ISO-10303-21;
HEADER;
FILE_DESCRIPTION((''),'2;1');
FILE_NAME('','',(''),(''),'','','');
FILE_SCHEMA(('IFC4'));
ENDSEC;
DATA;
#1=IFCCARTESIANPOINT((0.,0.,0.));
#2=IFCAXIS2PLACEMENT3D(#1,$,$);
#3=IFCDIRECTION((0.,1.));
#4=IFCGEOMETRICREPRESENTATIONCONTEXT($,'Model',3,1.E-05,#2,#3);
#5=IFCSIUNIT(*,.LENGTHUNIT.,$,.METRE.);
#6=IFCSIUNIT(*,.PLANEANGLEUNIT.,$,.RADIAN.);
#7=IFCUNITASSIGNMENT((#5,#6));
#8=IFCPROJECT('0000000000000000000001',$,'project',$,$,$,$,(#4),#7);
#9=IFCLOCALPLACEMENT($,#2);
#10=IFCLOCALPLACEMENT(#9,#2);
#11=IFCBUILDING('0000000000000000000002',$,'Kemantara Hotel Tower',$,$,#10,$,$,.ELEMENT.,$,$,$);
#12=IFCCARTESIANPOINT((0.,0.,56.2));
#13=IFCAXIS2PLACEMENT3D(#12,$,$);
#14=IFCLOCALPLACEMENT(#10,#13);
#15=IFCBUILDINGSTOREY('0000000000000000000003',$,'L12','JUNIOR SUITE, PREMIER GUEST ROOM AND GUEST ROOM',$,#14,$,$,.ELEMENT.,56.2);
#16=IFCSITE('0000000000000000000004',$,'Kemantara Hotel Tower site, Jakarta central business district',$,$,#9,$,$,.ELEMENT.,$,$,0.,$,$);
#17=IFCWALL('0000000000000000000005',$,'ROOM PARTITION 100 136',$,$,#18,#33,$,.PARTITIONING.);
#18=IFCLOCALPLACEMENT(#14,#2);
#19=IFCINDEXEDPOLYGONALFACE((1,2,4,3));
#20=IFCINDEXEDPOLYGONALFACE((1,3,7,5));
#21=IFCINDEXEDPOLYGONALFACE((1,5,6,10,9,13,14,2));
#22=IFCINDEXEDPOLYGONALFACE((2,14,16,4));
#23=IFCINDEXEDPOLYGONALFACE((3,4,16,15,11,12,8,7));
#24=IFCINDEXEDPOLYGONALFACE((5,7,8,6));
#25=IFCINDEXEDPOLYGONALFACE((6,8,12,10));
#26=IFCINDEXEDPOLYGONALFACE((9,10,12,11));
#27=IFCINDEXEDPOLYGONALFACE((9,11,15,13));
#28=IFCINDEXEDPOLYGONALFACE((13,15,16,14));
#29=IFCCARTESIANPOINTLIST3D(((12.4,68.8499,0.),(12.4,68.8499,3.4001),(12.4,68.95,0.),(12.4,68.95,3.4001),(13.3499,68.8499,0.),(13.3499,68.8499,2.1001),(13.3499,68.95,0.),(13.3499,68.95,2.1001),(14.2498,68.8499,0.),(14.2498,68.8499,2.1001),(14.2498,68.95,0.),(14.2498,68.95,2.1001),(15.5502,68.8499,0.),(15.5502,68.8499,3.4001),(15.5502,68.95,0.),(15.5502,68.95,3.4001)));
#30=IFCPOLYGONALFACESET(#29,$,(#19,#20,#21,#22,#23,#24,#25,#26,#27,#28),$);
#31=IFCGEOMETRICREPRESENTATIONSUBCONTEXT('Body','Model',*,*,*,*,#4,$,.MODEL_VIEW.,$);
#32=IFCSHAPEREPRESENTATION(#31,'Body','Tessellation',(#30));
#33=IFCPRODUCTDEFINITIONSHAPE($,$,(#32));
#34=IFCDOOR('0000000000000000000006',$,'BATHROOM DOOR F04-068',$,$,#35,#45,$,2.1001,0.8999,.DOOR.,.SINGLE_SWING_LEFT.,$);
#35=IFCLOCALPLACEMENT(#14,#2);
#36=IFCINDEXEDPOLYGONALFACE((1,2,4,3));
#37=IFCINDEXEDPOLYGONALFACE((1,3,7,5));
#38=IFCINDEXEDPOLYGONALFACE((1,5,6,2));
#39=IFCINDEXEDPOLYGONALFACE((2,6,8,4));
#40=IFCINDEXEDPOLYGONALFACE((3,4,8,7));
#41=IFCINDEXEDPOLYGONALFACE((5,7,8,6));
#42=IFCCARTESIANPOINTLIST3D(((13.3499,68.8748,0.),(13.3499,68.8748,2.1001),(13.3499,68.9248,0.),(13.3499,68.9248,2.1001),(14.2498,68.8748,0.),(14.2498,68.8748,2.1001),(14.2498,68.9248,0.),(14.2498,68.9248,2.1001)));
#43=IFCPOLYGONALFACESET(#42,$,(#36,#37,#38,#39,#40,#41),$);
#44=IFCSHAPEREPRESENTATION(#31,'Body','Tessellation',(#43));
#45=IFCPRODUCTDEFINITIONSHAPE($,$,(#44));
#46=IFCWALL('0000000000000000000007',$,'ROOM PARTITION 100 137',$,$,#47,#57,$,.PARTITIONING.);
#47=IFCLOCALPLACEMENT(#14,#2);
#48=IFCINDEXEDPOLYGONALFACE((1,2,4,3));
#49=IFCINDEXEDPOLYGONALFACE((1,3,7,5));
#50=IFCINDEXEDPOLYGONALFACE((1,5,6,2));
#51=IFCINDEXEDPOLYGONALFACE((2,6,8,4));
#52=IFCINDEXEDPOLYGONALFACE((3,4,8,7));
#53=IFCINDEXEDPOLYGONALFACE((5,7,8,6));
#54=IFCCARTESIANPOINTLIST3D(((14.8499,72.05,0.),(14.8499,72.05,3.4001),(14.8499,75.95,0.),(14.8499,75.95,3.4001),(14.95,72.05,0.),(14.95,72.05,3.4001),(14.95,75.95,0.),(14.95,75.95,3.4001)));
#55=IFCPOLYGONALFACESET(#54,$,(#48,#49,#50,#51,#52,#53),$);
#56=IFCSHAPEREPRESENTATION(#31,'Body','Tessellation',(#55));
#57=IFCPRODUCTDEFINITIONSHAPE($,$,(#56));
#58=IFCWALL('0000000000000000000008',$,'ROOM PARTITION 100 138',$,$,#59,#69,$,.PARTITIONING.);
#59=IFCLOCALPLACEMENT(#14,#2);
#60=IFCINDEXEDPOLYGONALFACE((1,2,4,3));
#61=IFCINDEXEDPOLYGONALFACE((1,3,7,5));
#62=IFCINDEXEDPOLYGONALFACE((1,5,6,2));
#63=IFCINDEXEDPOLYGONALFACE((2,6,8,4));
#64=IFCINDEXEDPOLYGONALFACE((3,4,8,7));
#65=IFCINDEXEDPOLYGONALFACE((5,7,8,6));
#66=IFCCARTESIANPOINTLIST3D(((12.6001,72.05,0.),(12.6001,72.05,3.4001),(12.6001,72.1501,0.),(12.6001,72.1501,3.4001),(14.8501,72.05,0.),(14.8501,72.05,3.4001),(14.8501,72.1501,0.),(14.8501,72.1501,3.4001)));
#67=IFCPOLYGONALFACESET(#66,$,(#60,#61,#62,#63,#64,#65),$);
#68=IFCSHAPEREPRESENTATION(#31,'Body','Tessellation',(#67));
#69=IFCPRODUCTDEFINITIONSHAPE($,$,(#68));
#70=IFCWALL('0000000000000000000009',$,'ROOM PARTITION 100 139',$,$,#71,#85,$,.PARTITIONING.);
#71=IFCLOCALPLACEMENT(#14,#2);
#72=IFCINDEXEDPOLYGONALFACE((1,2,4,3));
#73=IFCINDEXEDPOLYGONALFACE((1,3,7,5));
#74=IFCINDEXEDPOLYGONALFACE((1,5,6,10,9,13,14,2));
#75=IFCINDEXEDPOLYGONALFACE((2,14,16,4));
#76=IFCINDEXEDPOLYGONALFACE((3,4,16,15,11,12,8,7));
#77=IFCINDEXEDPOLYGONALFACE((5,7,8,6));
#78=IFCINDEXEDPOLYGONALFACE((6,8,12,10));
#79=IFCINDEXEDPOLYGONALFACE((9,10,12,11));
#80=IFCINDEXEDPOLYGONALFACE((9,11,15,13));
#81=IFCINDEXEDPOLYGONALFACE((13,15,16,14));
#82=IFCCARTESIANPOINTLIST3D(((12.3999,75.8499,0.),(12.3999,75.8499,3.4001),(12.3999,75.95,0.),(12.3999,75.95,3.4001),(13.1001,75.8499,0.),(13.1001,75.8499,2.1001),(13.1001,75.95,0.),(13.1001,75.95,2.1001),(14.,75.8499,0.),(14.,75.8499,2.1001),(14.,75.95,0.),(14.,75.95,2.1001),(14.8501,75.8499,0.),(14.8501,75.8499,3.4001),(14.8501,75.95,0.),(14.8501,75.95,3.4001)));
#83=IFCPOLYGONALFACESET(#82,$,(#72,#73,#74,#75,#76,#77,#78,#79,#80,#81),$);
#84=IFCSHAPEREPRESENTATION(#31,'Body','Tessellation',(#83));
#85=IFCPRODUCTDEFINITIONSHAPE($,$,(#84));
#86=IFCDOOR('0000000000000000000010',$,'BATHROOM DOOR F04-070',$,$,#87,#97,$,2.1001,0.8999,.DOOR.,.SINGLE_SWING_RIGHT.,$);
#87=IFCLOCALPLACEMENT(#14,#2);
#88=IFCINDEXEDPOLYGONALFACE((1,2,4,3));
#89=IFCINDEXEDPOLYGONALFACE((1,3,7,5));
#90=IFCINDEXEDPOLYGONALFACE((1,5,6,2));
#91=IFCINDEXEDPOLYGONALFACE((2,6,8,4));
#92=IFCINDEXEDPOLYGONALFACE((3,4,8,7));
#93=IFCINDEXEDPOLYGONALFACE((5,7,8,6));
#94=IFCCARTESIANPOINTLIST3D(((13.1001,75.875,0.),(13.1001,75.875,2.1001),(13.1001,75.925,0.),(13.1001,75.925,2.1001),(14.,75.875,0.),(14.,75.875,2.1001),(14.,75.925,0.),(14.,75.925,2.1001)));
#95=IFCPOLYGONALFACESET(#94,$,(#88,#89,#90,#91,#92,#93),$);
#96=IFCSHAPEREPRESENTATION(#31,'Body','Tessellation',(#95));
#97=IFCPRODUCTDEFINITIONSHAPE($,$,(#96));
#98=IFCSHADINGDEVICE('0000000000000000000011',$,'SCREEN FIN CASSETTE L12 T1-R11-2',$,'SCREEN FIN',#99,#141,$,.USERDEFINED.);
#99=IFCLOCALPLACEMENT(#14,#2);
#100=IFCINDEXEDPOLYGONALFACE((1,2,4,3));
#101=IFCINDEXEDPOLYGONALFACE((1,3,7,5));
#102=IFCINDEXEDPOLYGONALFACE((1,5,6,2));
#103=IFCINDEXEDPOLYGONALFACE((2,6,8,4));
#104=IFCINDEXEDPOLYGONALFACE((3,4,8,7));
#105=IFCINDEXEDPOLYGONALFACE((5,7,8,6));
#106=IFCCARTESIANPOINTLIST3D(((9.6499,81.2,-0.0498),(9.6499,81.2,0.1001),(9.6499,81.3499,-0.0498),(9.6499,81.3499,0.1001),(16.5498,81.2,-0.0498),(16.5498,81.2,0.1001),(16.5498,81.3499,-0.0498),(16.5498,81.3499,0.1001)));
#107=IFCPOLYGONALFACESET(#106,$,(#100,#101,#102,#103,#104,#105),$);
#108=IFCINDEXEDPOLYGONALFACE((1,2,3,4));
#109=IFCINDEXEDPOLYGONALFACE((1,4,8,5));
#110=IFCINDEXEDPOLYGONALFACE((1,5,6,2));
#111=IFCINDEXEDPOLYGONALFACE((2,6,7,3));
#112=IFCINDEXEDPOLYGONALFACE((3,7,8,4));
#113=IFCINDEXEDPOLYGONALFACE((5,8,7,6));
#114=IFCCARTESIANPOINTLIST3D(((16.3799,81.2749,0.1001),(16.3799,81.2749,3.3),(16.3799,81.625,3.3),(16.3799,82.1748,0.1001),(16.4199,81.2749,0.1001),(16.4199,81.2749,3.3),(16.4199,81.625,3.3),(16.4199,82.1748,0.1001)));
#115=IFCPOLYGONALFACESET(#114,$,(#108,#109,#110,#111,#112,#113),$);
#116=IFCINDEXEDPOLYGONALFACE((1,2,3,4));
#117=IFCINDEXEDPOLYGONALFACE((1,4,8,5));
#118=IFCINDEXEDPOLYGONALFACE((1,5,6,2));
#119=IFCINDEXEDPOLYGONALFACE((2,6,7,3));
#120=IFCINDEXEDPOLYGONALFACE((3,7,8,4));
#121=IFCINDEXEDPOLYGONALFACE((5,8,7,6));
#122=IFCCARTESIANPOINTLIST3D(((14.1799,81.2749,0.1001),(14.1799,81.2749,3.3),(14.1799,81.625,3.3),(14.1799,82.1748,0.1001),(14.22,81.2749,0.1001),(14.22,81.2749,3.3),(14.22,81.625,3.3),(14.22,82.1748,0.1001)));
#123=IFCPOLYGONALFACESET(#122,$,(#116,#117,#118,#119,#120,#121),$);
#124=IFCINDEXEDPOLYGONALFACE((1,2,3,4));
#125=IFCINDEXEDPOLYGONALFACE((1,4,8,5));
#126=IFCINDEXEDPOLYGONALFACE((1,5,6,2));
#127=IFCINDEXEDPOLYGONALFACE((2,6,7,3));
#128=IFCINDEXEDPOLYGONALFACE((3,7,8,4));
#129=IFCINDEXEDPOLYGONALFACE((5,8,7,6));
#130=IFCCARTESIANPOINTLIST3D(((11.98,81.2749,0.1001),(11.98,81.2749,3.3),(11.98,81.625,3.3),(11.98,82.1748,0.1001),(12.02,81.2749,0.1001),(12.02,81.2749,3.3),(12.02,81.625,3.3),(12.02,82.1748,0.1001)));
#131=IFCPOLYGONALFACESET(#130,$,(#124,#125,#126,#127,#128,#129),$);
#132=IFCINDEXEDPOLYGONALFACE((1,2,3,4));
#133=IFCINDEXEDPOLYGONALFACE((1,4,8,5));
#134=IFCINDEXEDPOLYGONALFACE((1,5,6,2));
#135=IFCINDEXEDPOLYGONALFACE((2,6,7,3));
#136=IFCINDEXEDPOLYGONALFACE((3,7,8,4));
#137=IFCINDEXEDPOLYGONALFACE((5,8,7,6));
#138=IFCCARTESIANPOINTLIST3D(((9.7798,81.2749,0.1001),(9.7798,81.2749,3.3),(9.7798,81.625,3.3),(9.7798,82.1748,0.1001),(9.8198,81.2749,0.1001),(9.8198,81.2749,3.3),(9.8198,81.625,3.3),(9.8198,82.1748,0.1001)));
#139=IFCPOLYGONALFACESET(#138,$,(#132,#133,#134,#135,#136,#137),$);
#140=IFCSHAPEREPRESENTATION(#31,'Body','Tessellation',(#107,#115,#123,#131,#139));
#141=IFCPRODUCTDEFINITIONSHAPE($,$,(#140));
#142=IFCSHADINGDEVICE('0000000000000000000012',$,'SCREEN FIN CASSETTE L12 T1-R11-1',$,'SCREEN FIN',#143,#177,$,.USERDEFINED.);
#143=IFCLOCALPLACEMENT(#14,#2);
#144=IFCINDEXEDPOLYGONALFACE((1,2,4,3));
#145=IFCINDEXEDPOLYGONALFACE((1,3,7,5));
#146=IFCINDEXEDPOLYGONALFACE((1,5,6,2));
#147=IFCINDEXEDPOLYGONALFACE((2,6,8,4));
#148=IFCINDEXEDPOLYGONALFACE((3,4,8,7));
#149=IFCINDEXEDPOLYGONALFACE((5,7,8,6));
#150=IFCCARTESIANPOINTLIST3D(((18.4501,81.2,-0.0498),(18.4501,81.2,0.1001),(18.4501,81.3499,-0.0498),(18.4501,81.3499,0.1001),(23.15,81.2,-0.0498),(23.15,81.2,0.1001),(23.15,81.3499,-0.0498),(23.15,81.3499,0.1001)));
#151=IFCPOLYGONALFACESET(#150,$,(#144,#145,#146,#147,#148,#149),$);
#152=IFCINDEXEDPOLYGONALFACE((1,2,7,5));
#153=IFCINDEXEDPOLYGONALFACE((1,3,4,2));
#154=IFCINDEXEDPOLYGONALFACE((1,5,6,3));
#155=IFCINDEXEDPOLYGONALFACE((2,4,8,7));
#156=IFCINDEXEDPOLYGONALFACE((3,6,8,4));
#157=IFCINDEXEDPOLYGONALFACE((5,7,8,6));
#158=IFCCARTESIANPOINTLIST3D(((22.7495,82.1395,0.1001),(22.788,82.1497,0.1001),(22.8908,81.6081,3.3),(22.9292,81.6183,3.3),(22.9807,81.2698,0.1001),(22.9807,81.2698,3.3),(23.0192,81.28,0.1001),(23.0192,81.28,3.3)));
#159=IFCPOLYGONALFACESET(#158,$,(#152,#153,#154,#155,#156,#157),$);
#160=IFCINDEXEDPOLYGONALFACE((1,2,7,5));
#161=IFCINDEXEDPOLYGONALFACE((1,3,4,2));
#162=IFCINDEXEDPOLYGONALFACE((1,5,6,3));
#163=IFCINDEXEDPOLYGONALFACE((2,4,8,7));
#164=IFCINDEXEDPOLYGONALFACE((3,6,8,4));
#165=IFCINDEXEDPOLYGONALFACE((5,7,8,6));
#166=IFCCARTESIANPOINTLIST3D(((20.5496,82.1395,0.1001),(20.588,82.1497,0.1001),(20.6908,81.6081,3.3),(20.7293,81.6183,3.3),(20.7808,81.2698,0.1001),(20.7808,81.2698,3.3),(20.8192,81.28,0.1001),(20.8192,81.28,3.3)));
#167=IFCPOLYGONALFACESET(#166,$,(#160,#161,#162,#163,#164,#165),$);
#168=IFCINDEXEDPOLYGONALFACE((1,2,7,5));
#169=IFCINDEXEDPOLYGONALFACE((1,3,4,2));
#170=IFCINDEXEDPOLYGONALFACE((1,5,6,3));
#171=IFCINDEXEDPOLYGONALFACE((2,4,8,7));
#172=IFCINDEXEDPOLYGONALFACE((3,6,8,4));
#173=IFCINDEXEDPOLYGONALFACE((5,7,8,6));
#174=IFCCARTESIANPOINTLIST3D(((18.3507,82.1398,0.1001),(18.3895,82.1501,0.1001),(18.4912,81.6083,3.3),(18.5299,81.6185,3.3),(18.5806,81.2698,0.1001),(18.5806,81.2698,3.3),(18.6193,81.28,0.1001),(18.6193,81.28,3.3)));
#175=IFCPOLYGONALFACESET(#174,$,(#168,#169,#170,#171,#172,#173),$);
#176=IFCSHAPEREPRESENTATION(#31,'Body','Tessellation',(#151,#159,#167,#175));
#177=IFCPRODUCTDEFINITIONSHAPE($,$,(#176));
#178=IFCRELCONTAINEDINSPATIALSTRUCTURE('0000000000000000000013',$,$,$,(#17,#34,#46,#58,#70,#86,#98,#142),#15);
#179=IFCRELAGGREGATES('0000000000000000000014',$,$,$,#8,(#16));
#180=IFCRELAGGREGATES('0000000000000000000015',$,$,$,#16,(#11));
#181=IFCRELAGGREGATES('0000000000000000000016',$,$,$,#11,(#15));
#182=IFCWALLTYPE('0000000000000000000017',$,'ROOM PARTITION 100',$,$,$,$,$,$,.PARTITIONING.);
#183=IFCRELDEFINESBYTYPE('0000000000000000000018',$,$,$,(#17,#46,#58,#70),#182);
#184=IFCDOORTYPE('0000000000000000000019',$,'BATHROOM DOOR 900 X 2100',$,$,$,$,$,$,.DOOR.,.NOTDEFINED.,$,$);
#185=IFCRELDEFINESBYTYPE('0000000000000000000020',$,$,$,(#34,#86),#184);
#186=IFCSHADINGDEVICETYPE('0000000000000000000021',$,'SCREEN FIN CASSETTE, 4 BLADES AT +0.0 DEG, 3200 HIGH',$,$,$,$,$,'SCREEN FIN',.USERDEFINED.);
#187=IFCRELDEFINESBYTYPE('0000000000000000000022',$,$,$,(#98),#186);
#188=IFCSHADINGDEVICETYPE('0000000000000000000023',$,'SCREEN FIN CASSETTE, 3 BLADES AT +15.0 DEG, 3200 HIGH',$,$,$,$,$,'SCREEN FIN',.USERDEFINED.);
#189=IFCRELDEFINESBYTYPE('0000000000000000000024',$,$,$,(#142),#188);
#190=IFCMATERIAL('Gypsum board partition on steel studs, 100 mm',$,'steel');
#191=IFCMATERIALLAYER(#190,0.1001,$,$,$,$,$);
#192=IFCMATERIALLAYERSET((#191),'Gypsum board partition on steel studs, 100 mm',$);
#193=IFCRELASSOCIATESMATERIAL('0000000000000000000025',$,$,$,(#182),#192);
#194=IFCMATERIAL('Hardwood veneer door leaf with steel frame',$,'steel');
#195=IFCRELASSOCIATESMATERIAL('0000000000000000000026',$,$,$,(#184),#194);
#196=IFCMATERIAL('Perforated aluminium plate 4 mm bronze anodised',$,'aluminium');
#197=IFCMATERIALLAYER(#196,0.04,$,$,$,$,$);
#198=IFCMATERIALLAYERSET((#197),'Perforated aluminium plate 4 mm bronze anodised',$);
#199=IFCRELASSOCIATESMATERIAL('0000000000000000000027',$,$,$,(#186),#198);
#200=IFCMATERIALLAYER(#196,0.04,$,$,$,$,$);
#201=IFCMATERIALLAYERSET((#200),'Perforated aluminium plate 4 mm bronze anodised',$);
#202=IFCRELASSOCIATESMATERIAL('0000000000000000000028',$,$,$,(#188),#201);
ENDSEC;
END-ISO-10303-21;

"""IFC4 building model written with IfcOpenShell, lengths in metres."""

from ifc_helpers import new_model, si_unit, direction, frame, frame_2d, origin, origin_2d, place, context, subcontext, project, spatial, polyline, rectangle, outline, extrude, source, transform, mapped, material, layer, layer_set, type_object, element, fill, save


model = new_model("IFC4")

# Units and contexts
model_context = context("Model", 3, precision=1e-05, world=origin(), true_north=direction((0.0, 1.0)))
body_context = subcontext(model_context, "Body", "Model", "MODEL_VIEW")
ifc_project = project(units=[si_unit("LENGTHUNIT", "METRE"), si_unit("PLANEANGLEUNIT", "RADIAN")], contexts=[model_context])

# Site, building, storey
site_placement = place(None, origin())
site = spatial("IfcSite", under=ifc_project, at=site_placement, Name="Kemantara Hotel Tower site, Jakarta central business district", CompositionType="ELEMENT", RefElevation=0.0)
building_placement = place(site_placement, origin())
building = spatial("IfcBuilding", under=site, at=building_placement, Name="Kemantara Hotel Tower", CompositionType="ELEMENT")
storey_placement = place(building_placement, frame((0.0, 0.0, 56.2)))
storey = spatial("IfcBuildingStorey", under=building, at=storey_placement, Name="L12", Description="JUNIOR SUITE, PREMIER GUEST ROOM AND GUEST ROOM", CompositionType="ELEMENT", Elevation=56.2)

# Shared definitions
ifc_material_1 = material(Name="Hardwood veneer door leaf with steel frame", Category="steel")

# Wall, opening, door
ifc_material_2 = material(Name="Gypsum board partition on steel studs, 100 mm", Category="steel")
ifc_layer_1 = layer(ifc_material_2, 0.1001)
ifc_layer_set_1 = layer_set([ifc_layer_1], Name="Gypsum board partition on steel studs, 100 mm")
wall_type_1 = type_object("IfcWallType", Name="ROOM PARTITION 100", PredefinedType="PARTITIONING", material=ifc_layer_set_1)
wall_1_placement = place(storey_placement, frame((12.3999, 68.8999, 0.0), z_axis=(0.0, 0.0, 1.0), x_axis=(1.0, 0.0, 0.0)))
wall_1 = element("IfcWall", 1, at=wall_1_placement, inside=storey, type_object=wall_type_1, Name="ROOM PARTITION 100 136", PredefinedType="PARTITIONING", context=body_context, shape_type="SweptSolid", body=[
    extrude(rectangle(XDim=3.1501, YDim=0.1001, at=frame_2d((1.5752, 0.0))), origin(), (0.0, 0.0, 1.0), 3.4001),
])
opening_1_placement = place(wall_1_placement, frame((0.95, 0.0, 0.0)))
opening_1 = element("IfcOpeningElement", 2, at=opening_1_placement, cuts=wall_1, PredefinedType="OPENING", context=body_context, shape_type="SweptSolid", body=[
    extrude(rectangle(XDim=0.8999, YDim=2.1001, at=frame_2d((0.45, 1.05))), frame((0.0, 0.0601, 0.0), z_axis=(0.0, -1.0, 0.0), x_axis=(1.0, 0.0, 0.0)), (0.0, 0.0, 1.0), 0.1201),
])
door_type_1 = type_object("IfcDoorType", Name="BATHROOM DOOR 900 X 2100", OperationType="NOTDEFINED", PredefinedType="DOOR", material=ifc_material_1)
door_1_placement = place(opening_1_placement, origin())
door_1 = element("IfcDoor", 3, at=door_1_placement, inside=storey, type_object=door_type_1, Name="BATHROOM DOOR F04-068", OperationType="SINGLE_SWING_LEFT", OverallHeight=2.1001, OverallWidth=0.8999, PredefinedType="DOOR", context=body_context, shape_type="SweptSolid", body=[
    extrude(rectangle(XDim=0.8999, YDim=2.1001, at=frame_2d((0.45, 1.05))), frame((0.0, 0.0249, 0.0), z_axis=(0.0, -1.0, 0.0), x_axis=(1.0, 0.0, 0.0)), (0.0, 0.0, 1.0), 0.05),
])
fill(opening_1, door_1)

# Walls
wall_2_placement = place(storey_placement, frame((14.8999, 72.05, 0.0), z_axis=(0.0, 0.0, 1.0), x_axis=(0.0, 1.0, 0.0)))
element("IfcWall", 4, at=wall_2_placement, inside=storey, type_object=wall_type_1, Name="ROOM PARTITION 100 137", PredefinedType="PARTITIONING", context=body_context, shape_type="SweptSolid", body=[
    extrude(rectangle(XDim=3.8999, YDim=0.1001, at=frame_2d((1.95, 0.0))), origin(), (0.0, 0.0, 1.0), 3.4001),
])
wall_3_placement = place(storey_placement, frame((12.6001, 72.1001, 0.0), z_axis=(0.0, 0.0, 1.0), x_axis=(1.0, 0.0, 0.0)))
element("IfcWall", 5, at=wall_3_placement, inside=storey, type_object=wall_type_1, Name="ROOM PARTITION 100 138", PredefinedType="PARTITIONING", context=body_context, shape_type="SweptSolid", body=[
    extrude(rectangle(XDim=2.25, YDim=0.1001, at=frame_2d((1.125, 0.0))), origin(), (0.0, 0.0, 1.0), 3.4001),
])

# Wall, opening, door
wall_4_placement = place(storey_placement, frame((14.8501, 75.8999, 0.0), z_axis=(0.0, 0.0, 1.0), x_axis=(-1.0, 0.0, 0.0)))
wall_4 = element("IfcWall", 6, at=wall_4_placement, inside=storey, type_object=wall_type_1, Name="ROOM PARTITION 100 139", PredefinedType="PARTITIONING", context=body_context, shape_type="SweptSolid", body=[
    extrude(rectangle(XDim=2.4502, YDim=0.1001, at=frame_2d((1.2251, 0.0))), origin(), (0.0, 0.0, 1.0), 3.4001),
])
opening_2_placement = place(wall_4_placement, frame((0.8501, 0.0, 0.0)))
opening_2 = element("IfcOpeningElement", 7, at=opening_2_placement, cuts=wall_4, PredefinedType="OPENING", context=body_context, shape_type="SweptSolid", body=[
    extrude(rectangle(XDim=0.8999, YDim=2.1001, at=frame_2d((0.45, 1.05))), frame((0.0, 0.0601, 0.0), z_axis=(0.0, -1.0, 0.0), x_axis=(1.0, 0.0, 0.0)), (0.0, 0.0, 1.0), 0.1201),
])
door_2_placement = place(opening_2_placement, origin())
door_2 = element("IfcDoor", 8, at=door_2_placement, inside=storey, type_object=door_type_1, Name="BATHROOM DOOR F04-070", OperationType="SINGLE_SWING_RIGHT", OverallHeight=2.1001, OverallWidth=0.8999, PredefinedType="DOOR", context=body_context, shape_type="SweptSolid", body=[
    extrude(rectangle(XDim=0.8999, YDim=2.1001, at=frame_2d((0.45, 1.05))), frame((0.0, 0.0249, 0.0), z_axis=(0.0, -1.0, 0.0), x_axis=(1.0, 0.0, 0.0)), (0.0, 0.0, 1.0), 0.05),
])
fill(opening_2, door_2)

# Shading devices
ifc_material_3 = material(Name="Perforated aluminium plate 4 mm bronze anodised", Category="aluminium")
ifc_layer_2 = layer(ifc_material_3, 0.04)
ifc_layer_set_2 = layer_set([ifc_layer_2], Name="Perforated aluminium plate 4 mm bronze anodised")
shading_device_type_1 = type_object("IfcShadingDeviceType", Name="SCREEN FIN CASSETTE, 4 BLADES AT +0.0 DEG, 3200 HIGH", ElementType="SCREEN FIN", PredefinedType="USERDEFINED", material=ifc_layer_set_2)
shared_shape_1 = source(origin(), body_context, "Body", "SweptSolid", [
    extrude(rectangle(XDim=6.8999, YDim=0.1499, at=origin_2d()), frame((3.3, -0.075, -0.1499), z_axis=(0.0, 0.0, 1.0), x_axis=(1.0, 0.0, 0.0)), (0.0, 0.0, 1.0), 0.1499),
    extrude(outline(polyline([(0.0, 0.0), (0.8999, 0.0), (0.3501, 3.2), (0.0, 3.2), (0.0, 0.0)])), frame((0.02, -0.075, 0.0), z_axis=(-1.0, 0.0, 0.0), x_axis=(0.0, -1.0, 0.0)), (0.0, 0.0, 1.0), 0.04),
    extrude(outline(polyline([(0.0, 0.0), (0.8999, 0.0), (0.3501, 3.2), (0.0, 3.2), (0.0, 0.0)])), frame((2.22, -0.075, 0.0), z_axis=(-1.0, 0.0, 0.0), x_axis=(0.0, -1.0, 0.0)), (0.0, 0.0, 1.0), 0.04),
    extrude(outline(polyline([(0.0, 0.0), (0.8999, 0.0), (0.3501, 3.2), (0.0, 3.2), (0.0, 0.0)])), frame((4.4199, -0.075, 0.0), z_axis=(-1.0, 0.0, 0.0), x_axis=(0.0, -1.0, 0.0)), (0.0, 0.0, 1.0), 0.04),
    extrude(outline(polyline([(0.0, 0.0), (0.8999, 0.0), (0.3501, 3.2), (0.0, 3.2), (0.0, 0.0)])), frame((6.6201, -0.075, 0.0), z_axis=(-1.0, 0.0, 0.0), x_axis=(0.0, -1.0, 0.0)), (0.0, 0.0, 1.0), 0.04),
])
shading_device_1_placement = place(storey_placement, frame((16.3999, 81.2, 0.1001), z_axis=(0.0, 0.0, 1.0), x_axis=(-1.0, 0.0, 0.0)))
element("IfcShadingDevice", 9, at=shading_device_1_placement, inside=storey, type_object=shading_device_type_1, Name="SCREEN FIN CASSETTE L12 T1-R11-2", ObjectType="SCREEN FIN", PredefinedType="USERDEFINED", context=body_context, shape_type="MappedRepresentation", body=[
    mapped(shared_shape_1, transform((0.0, 0.0, 0.0))),
])
ifc_layer_3 = layer(ifc_material_3, 0.04)
ifc_layer_set_3 = layer_set([ifc_layer_3], Name="Perforated aluminium plate 4 mm bronze anodised")
shading_device_type_2 = type_object("IfcShadingDeviceType", Name="SCREEN FIN CASSETTE, 3 BLADES AT +15.0 DEG, 3200 HIGH", ElementType="SCREEN FIN", PredefinedType="USERDEFINED", material=ifc_layer_set_3)
shared_shape_2 = source(origin(), body_context, "Body", "SweptSolid", [
    extrude(rectangle(XDim=4.7, YDim=0.1499, at=origin_2d()), frame((2.2, -0.075, -0.1499), z_axis=(0.0, 0.0, 1.0), x_axis=(1.0, 0.0, 0.0)), (0.0, 0.0, 1.0), 0.1499),
    extrude(outline(polyline([(0.0, 0.0), (0.8999, 0.0), (0.3501, 3.2), (0.0, 3.2), (0.0, 0.0)])), frame((0.0193, -0.0698, 0.0), z_axis=(-0.966438, -0.256901, 0.0), x_axis=(0.256901, -0.966438, 0.0)), (0.0, 0.0, 1.0), 0.0398),
    extrude(outline(polyline([(0.0, 0.0), (0.8999, 0.0), (0.3501, 3.2), (0.0, 3.2), (0.0, 0.0)])), frame((2.2192, -0.0698, 0.0), z_axis=(-0.966438, -0.256901, 0.0), x_axis=(0.256901, -0.966438, 0.0)), (0.0, 0.0, 1.0), 0.0398),
    extrude(outline(polyline([(0.0, 0.0), (0.8999, 0.0), (0.3501, 3.2), (0.0, 3.2), (0.0, 0.0)])), frame((4.4194, -0.0698, 0.0), z_axis=(-0.966838, -0.255391, 0.0), x_axis=(0.255391, -0.966838, 0.0)), (0.0, 0.0, 1.0), 0.04),
])
shading_device_2_placement = place(storey_placement, frame((23.0, 81.2, 0.1001), z_axis=(0.0, 0.0, 1.0), x_axis=(-1.0, 0.0, 0.0)))
element("IfcShadingDevice", 10, at=shading_device_2_placement, inside=storey, type_object=shading_device_type_2, Name="SCREEN FIN CASSETTE L12 T1-R11-1", ObjectType="SCREEN FIN", PredefinedType="USERDEFINED", context=body_context, shape_type="MappedRepresentation", body=[
    mapped(shared_shape_2, transform((0.0, 0.0, 0.0))),
])

save(model, "model.ifc")
